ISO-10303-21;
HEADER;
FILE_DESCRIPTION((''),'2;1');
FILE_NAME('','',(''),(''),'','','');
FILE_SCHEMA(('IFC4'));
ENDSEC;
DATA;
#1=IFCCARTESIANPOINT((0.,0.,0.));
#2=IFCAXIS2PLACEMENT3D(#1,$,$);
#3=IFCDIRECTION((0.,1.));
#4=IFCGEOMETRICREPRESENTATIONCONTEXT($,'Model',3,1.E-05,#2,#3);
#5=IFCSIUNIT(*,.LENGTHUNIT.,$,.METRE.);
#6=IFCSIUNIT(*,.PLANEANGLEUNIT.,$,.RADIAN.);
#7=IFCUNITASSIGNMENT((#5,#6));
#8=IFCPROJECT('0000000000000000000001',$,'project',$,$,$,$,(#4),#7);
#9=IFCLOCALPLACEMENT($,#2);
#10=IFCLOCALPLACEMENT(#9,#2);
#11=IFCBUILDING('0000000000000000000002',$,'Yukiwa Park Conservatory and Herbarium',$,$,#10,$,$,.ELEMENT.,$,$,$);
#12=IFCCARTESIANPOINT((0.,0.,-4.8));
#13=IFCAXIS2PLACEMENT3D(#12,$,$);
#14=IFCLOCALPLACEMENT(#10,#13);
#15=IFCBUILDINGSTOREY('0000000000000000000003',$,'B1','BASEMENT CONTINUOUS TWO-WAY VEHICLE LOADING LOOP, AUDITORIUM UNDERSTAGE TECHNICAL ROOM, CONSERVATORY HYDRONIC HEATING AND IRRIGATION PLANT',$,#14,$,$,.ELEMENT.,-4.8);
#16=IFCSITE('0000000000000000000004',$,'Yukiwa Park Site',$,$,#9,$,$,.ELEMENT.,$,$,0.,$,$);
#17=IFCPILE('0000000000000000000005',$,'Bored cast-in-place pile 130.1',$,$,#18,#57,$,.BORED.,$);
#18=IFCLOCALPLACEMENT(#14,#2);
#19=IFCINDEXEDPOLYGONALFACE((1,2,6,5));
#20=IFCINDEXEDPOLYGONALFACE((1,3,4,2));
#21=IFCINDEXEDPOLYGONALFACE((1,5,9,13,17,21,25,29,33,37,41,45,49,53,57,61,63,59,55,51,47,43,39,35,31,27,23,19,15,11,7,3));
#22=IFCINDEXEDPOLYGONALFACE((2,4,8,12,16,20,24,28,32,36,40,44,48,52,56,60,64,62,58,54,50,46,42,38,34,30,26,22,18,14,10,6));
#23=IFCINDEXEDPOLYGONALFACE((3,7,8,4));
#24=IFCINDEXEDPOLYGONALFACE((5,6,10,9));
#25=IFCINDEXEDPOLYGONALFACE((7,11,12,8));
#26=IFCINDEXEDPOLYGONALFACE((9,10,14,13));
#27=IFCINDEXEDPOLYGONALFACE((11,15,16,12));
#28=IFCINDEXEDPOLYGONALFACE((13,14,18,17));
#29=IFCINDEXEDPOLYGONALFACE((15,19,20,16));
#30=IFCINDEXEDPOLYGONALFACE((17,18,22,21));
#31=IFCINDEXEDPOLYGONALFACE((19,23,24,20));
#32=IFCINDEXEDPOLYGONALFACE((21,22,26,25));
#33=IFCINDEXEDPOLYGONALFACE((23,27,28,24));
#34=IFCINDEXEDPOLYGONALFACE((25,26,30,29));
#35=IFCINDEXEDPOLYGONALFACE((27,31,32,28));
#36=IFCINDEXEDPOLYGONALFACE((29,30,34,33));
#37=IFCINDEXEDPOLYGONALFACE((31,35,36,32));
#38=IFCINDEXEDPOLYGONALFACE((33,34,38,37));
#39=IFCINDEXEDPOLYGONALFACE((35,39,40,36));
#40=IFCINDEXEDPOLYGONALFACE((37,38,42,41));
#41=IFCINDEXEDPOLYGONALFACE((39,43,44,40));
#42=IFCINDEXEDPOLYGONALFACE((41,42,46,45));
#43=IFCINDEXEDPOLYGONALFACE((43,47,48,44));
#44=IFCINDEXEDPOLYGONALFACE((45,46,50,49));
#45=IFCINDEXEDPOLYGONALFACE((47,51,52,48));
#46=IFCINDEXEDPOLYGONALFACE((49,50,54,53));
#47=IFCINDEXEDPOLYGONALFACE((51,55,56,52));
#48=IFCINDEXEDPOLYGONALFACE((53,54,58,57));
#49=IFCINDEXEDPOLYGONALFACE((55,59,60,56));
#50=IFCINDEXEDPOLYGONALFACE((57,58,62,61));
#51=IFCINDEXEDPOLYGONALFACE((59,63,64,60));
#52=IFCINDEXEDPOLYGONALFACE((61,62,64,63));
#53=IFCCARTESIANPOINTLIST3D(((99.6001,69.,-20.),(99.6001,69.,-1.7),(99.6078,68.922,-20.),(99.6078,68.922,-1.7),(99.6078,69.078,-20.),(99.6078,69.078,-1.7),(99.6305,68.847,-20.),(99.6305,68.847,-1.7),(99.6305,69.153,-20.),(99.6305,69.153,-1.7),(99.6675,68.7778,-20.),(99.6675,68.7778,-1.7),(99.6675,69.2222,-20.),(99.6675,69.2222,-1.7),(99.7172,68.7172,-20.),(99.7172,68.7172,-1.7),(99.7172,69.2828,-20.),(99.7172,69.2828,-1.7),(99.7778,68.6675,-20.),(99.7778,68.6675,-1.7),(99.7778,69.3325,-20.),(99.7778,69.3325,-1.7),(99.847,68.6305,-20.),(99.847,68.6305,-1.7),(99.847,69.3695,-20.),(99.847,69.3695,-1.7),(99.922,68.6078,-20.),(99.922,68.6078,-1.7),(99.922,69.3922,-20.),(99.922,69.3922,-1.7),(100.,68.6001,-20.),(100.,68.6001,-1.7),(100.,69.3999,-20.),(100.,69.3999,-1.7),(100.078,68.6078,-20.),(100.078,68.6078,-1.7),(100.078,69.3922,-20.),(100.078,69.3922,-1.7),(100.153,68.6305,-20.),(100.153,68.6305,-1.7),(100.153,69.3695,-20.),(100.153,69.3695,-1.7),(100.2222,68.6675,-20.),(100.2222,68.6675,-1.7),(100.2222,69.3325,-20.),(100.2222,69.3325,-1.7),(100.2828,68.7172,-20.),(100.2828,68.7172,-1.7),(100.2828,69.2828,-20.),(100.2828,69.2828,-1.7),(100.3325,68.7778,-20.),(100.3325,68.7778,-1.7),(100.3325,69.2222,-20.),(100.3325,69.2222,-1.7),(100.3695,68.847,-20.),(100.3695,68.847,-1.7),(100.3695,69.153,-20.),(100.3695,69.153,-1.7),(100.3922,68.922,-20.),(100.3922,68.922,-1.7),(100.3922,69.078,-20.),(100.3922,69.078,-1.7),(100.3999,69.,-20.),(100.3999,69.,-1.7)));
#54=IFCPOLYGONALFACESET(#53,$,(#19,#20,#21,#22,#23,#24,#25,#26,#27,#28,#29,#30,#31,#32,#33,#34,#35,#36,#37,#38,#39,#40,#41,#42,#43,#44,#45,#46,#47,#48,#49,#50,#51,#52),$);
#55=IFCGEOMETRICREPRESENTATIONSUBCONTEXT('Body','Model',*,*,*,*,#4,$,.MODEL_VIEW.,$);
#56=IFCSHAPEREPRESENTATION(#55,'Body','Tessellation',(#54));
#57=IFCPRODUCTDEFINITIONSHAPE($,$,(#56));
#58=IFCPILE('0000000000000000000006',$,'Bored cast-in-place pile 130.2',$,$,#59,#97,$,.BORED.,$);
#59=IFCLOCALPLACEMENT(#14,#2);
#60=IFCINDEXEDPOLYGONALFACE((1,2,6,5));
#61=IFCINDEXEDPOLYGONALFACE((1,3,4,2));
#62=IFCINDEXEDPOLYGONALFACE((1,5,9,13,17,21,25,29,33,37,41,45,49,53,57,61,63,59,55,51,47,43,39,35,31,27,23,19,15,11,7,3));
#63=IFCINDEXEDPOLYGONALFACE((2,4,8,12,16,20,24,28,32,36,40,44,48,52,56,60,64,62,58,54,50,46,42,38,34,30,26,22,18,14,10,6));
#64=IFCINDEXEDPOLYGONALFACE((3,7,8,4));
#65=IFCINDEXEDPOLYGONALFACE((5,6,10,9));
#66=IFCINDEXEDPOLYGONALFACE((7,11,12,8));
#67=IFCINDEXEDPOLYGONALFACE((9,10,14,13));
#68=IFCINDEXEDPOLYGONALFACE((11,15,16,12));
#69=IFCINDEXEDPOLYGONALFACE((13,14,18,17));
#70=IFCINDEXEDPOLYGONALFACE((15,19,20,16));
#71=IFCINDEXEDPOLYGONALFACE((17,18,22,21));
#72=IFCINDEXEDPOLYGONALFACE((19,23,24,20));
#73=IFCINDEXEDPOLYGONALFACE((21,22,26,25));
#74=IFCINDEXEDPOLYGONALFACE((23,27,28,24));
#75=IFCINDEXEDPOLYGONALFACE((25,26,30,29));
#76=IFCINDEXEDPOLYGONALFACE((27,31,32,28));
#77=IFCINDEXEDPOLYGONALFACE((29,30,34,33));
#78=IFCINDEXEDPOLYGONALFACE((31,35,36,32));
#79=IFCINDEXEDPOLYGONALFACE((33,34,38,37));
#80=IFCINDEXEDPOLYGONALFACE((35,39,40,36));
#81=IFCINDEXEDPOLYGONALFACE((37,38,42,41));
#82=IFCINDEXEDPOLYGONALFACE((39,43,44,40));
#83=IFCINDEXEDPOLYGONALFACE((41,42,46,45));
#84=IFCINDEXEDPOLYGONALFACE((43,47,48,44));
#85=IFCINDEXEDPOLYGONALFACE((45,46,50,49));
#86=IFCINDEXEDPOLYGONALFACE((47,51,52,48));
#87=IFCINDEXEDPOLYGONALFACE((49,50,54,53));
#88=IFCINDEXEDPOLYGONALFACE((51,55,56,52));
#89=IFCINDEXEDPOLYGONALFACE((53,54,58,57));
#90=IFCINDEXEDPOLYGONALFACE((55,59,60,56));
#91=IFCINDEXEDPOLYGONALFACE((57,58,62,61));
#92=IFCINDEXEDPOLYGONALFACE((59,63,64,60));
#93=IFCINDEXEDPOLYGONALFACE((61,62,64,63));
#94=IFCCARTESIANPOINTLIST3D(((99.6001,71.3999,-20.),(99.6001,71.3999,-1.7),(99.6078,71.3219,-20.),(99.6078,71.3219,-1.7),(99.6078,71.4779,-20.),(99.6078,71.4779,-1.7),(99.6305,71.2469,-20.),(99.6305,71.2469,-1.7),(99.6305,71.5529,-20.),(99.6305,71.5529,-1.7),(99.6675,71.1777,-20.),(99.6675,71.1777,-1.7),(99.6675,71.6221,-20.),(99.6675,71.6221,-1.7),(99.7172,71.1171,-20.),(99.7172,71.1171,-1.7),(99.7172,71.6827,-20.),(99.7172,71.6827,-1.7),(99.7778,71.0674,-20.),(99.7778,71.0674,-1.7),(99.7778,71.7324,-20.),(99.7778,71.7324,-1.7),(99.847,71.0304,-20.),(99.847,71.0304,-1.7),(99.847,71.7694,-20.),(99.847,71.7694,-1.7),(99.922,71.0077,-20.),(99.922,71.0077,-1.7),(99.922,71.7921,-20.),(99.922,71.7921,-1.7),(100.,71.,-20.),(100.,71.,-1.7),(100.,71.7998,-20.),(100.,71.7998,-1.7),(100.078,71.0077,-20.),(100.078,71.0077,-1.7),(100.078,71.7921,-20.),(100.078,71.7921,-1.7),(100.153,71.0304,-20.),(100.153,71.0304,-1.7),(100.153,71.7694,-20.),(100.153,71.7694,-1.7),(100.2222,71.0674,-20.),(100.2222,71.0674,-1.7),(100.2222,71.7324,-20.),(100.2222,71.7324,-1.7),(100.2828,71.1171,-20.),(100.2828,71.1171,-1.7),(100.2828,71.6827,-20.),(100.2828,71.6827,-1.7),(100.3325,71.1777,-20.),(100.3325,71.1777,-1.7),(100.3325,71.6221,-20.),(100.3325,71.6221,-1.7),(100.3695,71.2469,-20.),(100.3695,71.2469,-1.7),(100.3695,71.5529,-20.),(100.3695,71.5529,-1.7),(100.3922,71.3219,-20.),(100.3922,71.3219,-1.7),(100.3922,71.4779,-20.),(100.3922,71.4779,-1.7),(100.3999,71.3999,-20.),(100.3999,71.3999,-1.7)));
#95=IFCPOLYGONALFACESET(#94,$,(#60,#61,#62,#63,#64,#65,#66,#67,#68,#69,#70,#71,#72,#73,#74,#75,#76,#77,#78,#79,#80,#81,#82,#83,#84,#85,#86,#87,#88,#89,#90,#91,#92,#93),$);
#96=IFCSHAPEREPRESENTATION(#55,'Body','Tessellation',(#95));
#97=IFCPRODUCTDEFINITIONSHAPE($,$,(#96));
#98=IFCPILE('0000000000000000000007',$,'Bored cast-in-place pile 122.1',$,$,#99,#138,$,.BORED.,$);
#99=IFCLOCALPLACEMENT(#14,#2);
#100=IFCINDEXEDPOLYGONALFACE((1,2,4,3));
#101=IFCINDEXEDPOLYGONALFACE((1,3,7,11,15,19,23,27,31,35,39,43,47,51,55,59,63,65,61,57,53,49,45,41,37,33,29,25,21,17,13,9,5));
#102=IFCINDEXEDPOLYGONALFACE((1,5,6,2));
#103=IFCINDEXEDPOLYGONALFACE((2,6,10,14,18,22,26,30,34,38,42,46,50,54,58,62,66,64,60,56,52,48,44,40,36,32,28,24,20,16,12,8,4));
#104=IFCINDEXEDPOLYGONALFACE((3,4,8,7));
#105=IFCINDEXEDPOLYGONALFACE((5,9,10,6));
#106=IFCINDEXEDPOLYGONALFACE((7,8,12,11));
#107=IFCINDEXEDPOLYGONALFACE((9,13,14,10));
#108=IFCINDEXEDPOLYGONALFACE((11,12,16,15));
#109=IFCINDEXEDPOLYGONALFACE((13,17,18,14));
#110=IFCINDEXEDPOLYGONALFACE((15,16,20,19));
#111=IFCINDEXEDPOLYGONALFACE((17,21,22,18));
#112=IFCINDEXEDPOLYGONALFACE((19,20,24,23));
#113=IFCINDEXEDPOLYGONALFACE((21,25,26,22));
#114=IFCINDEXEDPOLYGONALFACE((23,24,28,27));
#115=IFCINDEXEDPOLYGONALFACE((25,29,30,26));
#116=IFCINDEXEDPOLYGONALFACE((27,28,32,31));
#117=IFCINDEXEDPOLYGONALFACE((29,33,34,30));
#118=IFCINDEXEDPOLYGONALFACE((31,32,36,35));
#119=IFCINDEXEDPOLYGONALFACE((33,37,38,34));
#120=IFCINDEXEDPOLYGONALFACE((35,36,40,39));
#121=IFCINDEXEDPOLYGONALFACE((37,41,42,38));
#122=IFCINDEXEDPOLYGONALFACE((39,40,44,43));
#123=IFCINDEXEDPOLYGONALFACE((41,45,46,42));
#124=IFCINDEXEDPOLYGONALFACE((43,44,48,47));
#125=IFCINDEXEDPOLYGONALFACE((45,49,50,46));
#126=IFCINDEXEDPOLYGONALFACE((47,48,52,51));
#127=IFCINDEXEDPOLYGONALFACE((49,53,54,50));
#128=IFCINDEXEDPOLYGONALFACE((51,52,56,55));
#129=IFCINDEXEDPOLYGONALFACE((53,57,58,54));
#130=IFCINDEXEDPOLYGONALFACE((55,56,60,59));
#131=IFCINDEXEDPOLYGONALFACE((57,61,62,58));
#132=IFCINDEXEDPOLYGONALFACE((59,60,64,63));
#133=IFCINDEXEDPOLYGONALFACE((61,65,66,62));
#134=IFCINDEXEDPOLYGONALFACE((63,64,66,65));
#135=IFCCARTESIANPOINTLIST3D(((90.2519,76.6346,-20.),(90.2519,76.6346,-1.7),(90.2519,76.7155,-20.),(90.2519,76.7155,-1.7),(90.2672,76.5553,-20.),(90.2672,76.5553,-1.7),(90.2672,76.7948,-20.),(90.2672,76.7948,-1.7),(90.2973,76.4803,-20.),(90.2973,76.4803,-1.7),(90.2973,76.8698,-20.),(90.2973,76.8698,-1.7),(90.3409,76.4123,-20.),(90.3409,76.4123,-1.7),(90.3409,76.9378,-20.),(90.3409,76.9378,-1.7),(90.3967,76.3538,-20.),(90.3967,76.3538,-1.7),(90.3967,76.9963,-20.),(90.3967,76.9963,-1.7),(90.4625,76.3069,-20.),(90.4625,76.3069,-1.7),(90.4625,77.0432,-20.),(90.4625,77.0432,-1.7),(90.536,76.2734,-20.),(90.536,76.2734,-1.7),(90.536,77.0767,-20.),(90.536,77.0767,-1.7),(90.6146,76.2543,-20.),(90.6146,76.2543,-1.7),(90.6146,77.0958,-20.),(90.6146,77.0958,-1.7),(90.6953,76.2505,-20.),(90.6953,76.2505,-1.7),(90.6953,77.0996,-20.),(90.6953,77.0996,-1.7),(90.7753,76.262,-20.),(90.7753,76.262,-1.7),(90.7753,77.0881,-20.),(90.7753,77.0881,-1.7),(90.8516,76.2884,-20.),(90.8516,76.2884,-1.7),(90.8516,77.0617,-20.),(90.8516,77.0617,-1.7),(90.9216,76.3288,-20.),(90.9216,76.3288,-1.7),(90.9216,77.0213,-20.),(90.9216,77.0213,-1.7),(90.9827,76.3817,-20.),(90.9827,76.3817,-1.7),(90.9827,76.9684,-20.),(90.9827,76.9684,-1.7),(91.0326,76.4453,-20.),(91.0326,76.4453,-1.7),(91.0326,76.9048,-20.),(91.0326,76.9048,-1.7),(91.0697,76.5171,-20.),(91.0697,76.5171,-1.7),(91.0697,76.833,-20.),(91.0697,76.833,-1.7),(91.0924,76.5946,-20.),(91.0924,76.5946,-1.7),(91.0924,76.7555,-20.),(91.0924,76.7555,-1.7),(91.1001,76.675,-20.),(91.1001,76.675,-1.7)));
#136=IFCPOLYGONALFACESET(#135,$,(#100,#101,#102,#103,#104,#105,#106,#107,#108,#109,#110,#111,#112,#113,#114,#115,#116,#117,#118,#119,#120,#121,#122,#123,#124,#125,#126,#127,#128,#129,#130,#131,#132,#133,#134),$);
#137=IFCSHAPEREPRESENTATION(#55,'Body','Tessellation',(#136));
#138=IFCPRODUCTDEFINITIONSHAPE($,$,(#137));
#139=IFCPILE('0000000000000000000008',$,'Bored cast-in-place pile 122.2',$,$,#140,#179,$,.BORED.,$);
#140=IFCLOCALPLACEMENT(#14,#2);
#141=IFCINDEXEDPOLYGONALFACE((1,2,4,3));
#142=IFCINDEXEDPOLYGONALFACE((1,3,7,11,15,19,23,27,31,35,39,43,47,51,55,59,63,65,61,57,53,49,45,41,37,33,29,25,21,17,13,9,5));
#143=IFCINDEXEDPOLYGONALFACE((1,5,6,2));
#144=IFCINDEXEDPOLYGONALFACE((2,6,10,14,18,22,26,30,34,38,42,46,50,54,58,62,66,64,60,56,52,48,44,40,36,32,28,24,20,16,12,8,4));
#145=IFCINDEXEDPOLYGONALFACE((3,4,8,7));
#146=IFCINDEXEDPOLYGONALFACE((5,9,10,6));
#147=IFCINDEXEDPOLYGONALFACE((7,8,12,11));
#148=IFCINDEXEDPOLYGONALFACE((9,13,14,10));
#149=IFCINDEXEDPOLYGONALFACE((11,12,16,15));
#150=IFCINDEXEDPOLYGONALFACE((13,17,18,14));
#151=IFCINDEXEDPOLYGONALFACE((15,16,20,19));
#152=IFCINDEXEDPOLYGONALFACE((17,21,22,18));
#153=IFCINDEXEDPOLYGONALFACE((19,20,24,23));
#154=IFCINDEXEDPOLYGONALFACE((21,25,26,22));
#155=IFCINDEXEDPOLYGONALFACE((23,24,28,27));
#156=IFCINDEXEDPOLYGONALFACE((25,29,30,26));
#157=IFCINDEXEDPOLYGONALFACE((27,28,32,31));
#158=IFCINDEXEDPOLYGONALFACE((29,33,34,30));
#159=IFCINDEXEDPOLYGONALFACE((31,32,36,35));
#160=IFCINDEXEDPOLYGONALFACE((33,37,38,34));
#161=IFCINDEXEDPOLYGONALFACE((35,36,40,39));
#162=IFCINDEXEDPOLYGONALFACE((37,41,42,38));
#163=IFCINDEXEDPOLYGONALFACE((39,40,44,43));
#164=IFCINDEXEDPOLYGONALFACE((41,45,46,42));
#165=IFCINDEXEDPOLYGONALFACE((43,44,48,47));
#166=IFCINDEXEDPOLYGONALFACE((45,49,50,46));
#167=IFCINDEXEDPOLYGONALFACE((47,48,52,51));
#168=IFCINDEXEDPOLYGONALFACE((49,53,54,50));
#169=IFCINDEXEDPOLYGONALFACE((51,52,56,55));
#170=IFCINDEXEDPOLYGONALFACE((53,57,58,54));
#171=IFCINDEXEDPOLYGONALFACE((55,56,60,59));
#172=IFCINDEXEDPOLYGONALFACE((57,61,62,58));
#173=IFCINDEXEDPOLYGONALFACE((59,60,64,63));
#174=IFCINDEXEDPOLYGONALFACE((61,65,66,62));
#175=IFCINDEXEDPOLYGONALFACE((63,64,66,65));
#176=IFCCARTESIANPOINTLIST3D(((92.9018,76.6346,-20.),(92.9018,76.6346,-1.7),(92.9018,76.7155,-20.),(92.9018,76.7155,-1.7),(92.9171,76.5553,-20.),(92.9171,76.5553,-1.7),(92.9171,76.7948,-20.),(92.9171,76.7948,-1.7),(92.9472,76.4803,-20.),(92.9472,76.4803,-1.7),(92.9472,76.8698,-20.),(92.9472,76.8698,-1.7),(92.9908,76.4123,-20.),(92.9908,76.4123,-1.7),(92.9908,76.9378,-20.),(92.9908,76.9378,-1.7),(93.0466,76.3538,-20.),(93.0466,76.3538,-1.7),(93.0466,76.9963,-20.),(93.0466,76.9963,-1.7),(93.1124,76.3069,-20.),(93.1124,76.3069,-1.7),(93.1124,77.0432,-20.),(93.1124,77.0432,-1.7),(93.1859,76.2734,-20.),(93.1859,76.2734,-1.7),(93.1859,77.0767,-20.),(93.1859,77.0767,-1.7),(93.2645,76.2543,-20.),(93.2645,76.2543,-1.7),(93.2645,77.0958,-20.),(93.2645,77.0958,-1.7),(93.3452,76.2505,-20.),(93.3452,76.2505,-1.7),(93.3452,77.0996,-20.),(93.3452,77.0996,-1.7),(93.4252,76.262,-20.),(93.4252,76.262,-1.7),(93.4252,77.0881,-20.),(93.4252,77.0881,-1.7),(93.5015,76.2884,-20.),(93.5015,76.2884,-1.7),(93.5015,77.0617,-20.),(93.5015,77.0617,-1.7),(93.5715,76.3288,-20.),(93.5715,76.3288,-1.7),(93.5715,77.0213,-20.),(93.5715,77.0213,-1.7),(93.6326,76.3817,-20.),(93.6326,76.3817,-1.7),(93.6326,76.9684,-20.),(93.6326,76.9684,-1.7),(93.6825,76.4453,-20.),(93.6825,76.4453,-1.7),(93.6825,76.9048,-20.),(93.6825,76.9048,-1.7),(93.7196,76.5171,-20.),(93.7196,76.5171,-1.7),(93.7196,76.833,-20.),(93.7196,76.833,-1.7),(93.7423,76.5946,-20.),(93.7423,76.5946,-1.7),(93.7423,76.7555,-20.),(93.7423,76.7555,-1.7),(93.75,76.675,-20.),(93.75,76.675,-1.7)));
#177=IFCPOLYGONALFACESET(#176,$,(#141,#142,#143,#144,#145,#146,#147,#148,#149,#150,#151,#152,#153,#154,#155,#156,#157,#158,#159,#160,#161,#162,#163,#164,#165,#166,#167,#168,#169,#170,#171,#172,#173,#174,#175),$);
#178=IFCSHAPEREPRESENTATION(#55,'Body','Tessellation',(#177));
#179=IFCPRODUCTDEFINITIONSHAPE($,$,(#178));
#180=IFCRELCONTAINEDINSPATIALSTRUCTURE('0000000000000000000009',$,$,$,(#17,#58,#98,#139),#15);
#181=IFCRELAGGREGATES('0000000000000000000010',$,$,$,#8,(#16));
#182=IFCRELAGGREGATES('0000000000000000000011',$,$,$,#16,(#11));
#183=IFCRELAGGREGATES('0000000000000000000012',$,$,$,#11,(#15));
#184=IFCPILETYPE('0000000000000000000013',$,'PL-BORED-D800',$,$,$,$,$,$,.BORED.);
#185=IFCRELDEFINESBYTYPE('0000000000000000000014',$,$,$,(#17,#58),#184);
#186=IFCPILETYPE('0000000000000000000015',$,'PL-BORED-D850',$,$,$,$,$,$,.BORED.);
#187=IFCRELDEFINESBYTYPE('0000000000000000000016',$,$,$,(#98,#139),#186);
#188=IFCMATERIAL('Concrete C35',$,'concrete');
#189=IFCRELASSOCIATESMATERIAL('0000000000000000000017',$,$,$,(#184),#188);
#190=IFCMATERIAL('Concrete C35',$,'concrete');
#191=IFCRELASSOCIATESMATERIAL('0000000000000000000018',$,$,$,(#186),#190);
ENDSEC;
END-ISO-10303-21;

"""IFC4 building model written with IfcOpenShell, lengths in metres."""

from ifc_helpers import new_model, si_unit, direction, frame, origin, origin_2d, place, context, subcontext, project, spatial, circle, extrude, material, material_profile, profile_set, type_object, element, save


model = new_model("IFC4")

# Units and contexts
model_context = context("Model", 3, precision=1e-05, world=origin(), true_north=direction((0.0, 1.0)))
body_context = subcontext(model_context, "Body", "Model", "MODEL_VIEW")
ifc_project = project(units=[si_unit("LENGTHUNIT", "METRE"), si_unit("PLANEANGLEUNIT", "RADIAN")], contexts=[model_context])

# Site, building, storey
site_placement = place(None, origin())
site = spatial("IfcSite", under=ifc_project, at=site_placement, Name="Yukiwa Park Site", CompositionType="ELEMENT", RefElevation=0.0)
building_placement = place(site_placement, origin())
building = spatial("IfcBuilding", under=site, at=building_placement, Name="Yukiwa Park Conservatory and Herbarium", CompositionType="ELEMENT")
storey_placement = place(building_placement, frame((0.0, 0.0, -4.8)))
storey = spatial("IfcBuildingStorey", under=building, at=storey_placement, Name="B1", Description="BASEMENT CONTINUOUS TWO-WAY VEHICLE LOADING LOOP, AUDITORIUM UNDERSTAGE TECHNICAL ROOM, CONSERVATORY HYDRONIC HEATING AND IRRIGATION PLANT", CompositionType="ELEMENT", Elevation=-4.8)

# Piles
ifc_material_1 = material(Name="Concrete C35", Category="concrete")
ifc_material_profile_1 = material_profile(ifc_material_1, circle(Radius=0.3999, at=origin_2d()), Name="PILE D800")
ifc_profile_set_1 = profile_set([ifc_material_profile_1], Name="Concrete C35")
pile_type_1 = type_object("IfcPileType", Name="PL-BORED-D800", PredefinedType="BORED", material=ifc_profile_set_1)
for number, where, z_axis, x_axis, name in (
    (1, (100.0, 69.0, -1.7), (0.0, 0.0, -1.0), (1.0, 0.0, 0.0), "Bored cast-in-place pile 130.1"),
    (2, (100.0, 71.3999, -1.7), (0.0, 0.0, -1.0), (1.0, 0.0, 0.0), "Bored cast-in-place pile 130.2"),
):
    element("IfcPile", number, at=place(storey_placement, frame(where, z_axis=z_axis, x_axis=x_axis)), inside=storey, type_object=pile_type_1, Name=name, PredefinedType="BORED", context=body_context, shape_type="SweptSolid", body=[
        extrude(circle(Radius=0.3999, at=origin_2d()), origin(), (0.0, 0.0, 1.0), 18.3),
    ])
ifc_material_2 = material(Name="Concrete C35", Category="concrete")
ifc_material_profile_2 = material_profile(ifc_material_2, circle(Radius=0.425, at=origin_2d()), Name="PILE D850")
ifc_profile_set_2 = profile_set([ifc_material_profile_2], Name="Concrete C35")
pile_type_2 = type_object("IfcPileType", Name="PL-BORED-D850", PredefinedType="BORED", material=ifc_profile_set_2)
for number, where, z_axis, x_axis, name in (
    (3, (90.675, 76.675, -1.7), (0.0, 0.0, -1.0), (1.0, 0.0, 0.0), "Bored cast-in-place pile 122.1"),
    (4, (93.325, 76.675, -1.7), (0.0, 0.0, -1.0), (1.0, 0.0, 0.0), "Bored cast-in-place pile 122.2"),
):
    element("IfcPile", number, at=place(storey_placement, frame(where, z_axis=z_axis, x_axis=x_axis)), inside=storey, type_object=pile_type_2, Name=name, PredefinedType="BORED", context=body_context, shape_type="SweptSolid", body=[
        extrude(circle(Radius=0.425, at=origin_2d()), origin(), (0.0, 0.0, 1.0), 18.3),
    ])

save(model, "model.ifc")
